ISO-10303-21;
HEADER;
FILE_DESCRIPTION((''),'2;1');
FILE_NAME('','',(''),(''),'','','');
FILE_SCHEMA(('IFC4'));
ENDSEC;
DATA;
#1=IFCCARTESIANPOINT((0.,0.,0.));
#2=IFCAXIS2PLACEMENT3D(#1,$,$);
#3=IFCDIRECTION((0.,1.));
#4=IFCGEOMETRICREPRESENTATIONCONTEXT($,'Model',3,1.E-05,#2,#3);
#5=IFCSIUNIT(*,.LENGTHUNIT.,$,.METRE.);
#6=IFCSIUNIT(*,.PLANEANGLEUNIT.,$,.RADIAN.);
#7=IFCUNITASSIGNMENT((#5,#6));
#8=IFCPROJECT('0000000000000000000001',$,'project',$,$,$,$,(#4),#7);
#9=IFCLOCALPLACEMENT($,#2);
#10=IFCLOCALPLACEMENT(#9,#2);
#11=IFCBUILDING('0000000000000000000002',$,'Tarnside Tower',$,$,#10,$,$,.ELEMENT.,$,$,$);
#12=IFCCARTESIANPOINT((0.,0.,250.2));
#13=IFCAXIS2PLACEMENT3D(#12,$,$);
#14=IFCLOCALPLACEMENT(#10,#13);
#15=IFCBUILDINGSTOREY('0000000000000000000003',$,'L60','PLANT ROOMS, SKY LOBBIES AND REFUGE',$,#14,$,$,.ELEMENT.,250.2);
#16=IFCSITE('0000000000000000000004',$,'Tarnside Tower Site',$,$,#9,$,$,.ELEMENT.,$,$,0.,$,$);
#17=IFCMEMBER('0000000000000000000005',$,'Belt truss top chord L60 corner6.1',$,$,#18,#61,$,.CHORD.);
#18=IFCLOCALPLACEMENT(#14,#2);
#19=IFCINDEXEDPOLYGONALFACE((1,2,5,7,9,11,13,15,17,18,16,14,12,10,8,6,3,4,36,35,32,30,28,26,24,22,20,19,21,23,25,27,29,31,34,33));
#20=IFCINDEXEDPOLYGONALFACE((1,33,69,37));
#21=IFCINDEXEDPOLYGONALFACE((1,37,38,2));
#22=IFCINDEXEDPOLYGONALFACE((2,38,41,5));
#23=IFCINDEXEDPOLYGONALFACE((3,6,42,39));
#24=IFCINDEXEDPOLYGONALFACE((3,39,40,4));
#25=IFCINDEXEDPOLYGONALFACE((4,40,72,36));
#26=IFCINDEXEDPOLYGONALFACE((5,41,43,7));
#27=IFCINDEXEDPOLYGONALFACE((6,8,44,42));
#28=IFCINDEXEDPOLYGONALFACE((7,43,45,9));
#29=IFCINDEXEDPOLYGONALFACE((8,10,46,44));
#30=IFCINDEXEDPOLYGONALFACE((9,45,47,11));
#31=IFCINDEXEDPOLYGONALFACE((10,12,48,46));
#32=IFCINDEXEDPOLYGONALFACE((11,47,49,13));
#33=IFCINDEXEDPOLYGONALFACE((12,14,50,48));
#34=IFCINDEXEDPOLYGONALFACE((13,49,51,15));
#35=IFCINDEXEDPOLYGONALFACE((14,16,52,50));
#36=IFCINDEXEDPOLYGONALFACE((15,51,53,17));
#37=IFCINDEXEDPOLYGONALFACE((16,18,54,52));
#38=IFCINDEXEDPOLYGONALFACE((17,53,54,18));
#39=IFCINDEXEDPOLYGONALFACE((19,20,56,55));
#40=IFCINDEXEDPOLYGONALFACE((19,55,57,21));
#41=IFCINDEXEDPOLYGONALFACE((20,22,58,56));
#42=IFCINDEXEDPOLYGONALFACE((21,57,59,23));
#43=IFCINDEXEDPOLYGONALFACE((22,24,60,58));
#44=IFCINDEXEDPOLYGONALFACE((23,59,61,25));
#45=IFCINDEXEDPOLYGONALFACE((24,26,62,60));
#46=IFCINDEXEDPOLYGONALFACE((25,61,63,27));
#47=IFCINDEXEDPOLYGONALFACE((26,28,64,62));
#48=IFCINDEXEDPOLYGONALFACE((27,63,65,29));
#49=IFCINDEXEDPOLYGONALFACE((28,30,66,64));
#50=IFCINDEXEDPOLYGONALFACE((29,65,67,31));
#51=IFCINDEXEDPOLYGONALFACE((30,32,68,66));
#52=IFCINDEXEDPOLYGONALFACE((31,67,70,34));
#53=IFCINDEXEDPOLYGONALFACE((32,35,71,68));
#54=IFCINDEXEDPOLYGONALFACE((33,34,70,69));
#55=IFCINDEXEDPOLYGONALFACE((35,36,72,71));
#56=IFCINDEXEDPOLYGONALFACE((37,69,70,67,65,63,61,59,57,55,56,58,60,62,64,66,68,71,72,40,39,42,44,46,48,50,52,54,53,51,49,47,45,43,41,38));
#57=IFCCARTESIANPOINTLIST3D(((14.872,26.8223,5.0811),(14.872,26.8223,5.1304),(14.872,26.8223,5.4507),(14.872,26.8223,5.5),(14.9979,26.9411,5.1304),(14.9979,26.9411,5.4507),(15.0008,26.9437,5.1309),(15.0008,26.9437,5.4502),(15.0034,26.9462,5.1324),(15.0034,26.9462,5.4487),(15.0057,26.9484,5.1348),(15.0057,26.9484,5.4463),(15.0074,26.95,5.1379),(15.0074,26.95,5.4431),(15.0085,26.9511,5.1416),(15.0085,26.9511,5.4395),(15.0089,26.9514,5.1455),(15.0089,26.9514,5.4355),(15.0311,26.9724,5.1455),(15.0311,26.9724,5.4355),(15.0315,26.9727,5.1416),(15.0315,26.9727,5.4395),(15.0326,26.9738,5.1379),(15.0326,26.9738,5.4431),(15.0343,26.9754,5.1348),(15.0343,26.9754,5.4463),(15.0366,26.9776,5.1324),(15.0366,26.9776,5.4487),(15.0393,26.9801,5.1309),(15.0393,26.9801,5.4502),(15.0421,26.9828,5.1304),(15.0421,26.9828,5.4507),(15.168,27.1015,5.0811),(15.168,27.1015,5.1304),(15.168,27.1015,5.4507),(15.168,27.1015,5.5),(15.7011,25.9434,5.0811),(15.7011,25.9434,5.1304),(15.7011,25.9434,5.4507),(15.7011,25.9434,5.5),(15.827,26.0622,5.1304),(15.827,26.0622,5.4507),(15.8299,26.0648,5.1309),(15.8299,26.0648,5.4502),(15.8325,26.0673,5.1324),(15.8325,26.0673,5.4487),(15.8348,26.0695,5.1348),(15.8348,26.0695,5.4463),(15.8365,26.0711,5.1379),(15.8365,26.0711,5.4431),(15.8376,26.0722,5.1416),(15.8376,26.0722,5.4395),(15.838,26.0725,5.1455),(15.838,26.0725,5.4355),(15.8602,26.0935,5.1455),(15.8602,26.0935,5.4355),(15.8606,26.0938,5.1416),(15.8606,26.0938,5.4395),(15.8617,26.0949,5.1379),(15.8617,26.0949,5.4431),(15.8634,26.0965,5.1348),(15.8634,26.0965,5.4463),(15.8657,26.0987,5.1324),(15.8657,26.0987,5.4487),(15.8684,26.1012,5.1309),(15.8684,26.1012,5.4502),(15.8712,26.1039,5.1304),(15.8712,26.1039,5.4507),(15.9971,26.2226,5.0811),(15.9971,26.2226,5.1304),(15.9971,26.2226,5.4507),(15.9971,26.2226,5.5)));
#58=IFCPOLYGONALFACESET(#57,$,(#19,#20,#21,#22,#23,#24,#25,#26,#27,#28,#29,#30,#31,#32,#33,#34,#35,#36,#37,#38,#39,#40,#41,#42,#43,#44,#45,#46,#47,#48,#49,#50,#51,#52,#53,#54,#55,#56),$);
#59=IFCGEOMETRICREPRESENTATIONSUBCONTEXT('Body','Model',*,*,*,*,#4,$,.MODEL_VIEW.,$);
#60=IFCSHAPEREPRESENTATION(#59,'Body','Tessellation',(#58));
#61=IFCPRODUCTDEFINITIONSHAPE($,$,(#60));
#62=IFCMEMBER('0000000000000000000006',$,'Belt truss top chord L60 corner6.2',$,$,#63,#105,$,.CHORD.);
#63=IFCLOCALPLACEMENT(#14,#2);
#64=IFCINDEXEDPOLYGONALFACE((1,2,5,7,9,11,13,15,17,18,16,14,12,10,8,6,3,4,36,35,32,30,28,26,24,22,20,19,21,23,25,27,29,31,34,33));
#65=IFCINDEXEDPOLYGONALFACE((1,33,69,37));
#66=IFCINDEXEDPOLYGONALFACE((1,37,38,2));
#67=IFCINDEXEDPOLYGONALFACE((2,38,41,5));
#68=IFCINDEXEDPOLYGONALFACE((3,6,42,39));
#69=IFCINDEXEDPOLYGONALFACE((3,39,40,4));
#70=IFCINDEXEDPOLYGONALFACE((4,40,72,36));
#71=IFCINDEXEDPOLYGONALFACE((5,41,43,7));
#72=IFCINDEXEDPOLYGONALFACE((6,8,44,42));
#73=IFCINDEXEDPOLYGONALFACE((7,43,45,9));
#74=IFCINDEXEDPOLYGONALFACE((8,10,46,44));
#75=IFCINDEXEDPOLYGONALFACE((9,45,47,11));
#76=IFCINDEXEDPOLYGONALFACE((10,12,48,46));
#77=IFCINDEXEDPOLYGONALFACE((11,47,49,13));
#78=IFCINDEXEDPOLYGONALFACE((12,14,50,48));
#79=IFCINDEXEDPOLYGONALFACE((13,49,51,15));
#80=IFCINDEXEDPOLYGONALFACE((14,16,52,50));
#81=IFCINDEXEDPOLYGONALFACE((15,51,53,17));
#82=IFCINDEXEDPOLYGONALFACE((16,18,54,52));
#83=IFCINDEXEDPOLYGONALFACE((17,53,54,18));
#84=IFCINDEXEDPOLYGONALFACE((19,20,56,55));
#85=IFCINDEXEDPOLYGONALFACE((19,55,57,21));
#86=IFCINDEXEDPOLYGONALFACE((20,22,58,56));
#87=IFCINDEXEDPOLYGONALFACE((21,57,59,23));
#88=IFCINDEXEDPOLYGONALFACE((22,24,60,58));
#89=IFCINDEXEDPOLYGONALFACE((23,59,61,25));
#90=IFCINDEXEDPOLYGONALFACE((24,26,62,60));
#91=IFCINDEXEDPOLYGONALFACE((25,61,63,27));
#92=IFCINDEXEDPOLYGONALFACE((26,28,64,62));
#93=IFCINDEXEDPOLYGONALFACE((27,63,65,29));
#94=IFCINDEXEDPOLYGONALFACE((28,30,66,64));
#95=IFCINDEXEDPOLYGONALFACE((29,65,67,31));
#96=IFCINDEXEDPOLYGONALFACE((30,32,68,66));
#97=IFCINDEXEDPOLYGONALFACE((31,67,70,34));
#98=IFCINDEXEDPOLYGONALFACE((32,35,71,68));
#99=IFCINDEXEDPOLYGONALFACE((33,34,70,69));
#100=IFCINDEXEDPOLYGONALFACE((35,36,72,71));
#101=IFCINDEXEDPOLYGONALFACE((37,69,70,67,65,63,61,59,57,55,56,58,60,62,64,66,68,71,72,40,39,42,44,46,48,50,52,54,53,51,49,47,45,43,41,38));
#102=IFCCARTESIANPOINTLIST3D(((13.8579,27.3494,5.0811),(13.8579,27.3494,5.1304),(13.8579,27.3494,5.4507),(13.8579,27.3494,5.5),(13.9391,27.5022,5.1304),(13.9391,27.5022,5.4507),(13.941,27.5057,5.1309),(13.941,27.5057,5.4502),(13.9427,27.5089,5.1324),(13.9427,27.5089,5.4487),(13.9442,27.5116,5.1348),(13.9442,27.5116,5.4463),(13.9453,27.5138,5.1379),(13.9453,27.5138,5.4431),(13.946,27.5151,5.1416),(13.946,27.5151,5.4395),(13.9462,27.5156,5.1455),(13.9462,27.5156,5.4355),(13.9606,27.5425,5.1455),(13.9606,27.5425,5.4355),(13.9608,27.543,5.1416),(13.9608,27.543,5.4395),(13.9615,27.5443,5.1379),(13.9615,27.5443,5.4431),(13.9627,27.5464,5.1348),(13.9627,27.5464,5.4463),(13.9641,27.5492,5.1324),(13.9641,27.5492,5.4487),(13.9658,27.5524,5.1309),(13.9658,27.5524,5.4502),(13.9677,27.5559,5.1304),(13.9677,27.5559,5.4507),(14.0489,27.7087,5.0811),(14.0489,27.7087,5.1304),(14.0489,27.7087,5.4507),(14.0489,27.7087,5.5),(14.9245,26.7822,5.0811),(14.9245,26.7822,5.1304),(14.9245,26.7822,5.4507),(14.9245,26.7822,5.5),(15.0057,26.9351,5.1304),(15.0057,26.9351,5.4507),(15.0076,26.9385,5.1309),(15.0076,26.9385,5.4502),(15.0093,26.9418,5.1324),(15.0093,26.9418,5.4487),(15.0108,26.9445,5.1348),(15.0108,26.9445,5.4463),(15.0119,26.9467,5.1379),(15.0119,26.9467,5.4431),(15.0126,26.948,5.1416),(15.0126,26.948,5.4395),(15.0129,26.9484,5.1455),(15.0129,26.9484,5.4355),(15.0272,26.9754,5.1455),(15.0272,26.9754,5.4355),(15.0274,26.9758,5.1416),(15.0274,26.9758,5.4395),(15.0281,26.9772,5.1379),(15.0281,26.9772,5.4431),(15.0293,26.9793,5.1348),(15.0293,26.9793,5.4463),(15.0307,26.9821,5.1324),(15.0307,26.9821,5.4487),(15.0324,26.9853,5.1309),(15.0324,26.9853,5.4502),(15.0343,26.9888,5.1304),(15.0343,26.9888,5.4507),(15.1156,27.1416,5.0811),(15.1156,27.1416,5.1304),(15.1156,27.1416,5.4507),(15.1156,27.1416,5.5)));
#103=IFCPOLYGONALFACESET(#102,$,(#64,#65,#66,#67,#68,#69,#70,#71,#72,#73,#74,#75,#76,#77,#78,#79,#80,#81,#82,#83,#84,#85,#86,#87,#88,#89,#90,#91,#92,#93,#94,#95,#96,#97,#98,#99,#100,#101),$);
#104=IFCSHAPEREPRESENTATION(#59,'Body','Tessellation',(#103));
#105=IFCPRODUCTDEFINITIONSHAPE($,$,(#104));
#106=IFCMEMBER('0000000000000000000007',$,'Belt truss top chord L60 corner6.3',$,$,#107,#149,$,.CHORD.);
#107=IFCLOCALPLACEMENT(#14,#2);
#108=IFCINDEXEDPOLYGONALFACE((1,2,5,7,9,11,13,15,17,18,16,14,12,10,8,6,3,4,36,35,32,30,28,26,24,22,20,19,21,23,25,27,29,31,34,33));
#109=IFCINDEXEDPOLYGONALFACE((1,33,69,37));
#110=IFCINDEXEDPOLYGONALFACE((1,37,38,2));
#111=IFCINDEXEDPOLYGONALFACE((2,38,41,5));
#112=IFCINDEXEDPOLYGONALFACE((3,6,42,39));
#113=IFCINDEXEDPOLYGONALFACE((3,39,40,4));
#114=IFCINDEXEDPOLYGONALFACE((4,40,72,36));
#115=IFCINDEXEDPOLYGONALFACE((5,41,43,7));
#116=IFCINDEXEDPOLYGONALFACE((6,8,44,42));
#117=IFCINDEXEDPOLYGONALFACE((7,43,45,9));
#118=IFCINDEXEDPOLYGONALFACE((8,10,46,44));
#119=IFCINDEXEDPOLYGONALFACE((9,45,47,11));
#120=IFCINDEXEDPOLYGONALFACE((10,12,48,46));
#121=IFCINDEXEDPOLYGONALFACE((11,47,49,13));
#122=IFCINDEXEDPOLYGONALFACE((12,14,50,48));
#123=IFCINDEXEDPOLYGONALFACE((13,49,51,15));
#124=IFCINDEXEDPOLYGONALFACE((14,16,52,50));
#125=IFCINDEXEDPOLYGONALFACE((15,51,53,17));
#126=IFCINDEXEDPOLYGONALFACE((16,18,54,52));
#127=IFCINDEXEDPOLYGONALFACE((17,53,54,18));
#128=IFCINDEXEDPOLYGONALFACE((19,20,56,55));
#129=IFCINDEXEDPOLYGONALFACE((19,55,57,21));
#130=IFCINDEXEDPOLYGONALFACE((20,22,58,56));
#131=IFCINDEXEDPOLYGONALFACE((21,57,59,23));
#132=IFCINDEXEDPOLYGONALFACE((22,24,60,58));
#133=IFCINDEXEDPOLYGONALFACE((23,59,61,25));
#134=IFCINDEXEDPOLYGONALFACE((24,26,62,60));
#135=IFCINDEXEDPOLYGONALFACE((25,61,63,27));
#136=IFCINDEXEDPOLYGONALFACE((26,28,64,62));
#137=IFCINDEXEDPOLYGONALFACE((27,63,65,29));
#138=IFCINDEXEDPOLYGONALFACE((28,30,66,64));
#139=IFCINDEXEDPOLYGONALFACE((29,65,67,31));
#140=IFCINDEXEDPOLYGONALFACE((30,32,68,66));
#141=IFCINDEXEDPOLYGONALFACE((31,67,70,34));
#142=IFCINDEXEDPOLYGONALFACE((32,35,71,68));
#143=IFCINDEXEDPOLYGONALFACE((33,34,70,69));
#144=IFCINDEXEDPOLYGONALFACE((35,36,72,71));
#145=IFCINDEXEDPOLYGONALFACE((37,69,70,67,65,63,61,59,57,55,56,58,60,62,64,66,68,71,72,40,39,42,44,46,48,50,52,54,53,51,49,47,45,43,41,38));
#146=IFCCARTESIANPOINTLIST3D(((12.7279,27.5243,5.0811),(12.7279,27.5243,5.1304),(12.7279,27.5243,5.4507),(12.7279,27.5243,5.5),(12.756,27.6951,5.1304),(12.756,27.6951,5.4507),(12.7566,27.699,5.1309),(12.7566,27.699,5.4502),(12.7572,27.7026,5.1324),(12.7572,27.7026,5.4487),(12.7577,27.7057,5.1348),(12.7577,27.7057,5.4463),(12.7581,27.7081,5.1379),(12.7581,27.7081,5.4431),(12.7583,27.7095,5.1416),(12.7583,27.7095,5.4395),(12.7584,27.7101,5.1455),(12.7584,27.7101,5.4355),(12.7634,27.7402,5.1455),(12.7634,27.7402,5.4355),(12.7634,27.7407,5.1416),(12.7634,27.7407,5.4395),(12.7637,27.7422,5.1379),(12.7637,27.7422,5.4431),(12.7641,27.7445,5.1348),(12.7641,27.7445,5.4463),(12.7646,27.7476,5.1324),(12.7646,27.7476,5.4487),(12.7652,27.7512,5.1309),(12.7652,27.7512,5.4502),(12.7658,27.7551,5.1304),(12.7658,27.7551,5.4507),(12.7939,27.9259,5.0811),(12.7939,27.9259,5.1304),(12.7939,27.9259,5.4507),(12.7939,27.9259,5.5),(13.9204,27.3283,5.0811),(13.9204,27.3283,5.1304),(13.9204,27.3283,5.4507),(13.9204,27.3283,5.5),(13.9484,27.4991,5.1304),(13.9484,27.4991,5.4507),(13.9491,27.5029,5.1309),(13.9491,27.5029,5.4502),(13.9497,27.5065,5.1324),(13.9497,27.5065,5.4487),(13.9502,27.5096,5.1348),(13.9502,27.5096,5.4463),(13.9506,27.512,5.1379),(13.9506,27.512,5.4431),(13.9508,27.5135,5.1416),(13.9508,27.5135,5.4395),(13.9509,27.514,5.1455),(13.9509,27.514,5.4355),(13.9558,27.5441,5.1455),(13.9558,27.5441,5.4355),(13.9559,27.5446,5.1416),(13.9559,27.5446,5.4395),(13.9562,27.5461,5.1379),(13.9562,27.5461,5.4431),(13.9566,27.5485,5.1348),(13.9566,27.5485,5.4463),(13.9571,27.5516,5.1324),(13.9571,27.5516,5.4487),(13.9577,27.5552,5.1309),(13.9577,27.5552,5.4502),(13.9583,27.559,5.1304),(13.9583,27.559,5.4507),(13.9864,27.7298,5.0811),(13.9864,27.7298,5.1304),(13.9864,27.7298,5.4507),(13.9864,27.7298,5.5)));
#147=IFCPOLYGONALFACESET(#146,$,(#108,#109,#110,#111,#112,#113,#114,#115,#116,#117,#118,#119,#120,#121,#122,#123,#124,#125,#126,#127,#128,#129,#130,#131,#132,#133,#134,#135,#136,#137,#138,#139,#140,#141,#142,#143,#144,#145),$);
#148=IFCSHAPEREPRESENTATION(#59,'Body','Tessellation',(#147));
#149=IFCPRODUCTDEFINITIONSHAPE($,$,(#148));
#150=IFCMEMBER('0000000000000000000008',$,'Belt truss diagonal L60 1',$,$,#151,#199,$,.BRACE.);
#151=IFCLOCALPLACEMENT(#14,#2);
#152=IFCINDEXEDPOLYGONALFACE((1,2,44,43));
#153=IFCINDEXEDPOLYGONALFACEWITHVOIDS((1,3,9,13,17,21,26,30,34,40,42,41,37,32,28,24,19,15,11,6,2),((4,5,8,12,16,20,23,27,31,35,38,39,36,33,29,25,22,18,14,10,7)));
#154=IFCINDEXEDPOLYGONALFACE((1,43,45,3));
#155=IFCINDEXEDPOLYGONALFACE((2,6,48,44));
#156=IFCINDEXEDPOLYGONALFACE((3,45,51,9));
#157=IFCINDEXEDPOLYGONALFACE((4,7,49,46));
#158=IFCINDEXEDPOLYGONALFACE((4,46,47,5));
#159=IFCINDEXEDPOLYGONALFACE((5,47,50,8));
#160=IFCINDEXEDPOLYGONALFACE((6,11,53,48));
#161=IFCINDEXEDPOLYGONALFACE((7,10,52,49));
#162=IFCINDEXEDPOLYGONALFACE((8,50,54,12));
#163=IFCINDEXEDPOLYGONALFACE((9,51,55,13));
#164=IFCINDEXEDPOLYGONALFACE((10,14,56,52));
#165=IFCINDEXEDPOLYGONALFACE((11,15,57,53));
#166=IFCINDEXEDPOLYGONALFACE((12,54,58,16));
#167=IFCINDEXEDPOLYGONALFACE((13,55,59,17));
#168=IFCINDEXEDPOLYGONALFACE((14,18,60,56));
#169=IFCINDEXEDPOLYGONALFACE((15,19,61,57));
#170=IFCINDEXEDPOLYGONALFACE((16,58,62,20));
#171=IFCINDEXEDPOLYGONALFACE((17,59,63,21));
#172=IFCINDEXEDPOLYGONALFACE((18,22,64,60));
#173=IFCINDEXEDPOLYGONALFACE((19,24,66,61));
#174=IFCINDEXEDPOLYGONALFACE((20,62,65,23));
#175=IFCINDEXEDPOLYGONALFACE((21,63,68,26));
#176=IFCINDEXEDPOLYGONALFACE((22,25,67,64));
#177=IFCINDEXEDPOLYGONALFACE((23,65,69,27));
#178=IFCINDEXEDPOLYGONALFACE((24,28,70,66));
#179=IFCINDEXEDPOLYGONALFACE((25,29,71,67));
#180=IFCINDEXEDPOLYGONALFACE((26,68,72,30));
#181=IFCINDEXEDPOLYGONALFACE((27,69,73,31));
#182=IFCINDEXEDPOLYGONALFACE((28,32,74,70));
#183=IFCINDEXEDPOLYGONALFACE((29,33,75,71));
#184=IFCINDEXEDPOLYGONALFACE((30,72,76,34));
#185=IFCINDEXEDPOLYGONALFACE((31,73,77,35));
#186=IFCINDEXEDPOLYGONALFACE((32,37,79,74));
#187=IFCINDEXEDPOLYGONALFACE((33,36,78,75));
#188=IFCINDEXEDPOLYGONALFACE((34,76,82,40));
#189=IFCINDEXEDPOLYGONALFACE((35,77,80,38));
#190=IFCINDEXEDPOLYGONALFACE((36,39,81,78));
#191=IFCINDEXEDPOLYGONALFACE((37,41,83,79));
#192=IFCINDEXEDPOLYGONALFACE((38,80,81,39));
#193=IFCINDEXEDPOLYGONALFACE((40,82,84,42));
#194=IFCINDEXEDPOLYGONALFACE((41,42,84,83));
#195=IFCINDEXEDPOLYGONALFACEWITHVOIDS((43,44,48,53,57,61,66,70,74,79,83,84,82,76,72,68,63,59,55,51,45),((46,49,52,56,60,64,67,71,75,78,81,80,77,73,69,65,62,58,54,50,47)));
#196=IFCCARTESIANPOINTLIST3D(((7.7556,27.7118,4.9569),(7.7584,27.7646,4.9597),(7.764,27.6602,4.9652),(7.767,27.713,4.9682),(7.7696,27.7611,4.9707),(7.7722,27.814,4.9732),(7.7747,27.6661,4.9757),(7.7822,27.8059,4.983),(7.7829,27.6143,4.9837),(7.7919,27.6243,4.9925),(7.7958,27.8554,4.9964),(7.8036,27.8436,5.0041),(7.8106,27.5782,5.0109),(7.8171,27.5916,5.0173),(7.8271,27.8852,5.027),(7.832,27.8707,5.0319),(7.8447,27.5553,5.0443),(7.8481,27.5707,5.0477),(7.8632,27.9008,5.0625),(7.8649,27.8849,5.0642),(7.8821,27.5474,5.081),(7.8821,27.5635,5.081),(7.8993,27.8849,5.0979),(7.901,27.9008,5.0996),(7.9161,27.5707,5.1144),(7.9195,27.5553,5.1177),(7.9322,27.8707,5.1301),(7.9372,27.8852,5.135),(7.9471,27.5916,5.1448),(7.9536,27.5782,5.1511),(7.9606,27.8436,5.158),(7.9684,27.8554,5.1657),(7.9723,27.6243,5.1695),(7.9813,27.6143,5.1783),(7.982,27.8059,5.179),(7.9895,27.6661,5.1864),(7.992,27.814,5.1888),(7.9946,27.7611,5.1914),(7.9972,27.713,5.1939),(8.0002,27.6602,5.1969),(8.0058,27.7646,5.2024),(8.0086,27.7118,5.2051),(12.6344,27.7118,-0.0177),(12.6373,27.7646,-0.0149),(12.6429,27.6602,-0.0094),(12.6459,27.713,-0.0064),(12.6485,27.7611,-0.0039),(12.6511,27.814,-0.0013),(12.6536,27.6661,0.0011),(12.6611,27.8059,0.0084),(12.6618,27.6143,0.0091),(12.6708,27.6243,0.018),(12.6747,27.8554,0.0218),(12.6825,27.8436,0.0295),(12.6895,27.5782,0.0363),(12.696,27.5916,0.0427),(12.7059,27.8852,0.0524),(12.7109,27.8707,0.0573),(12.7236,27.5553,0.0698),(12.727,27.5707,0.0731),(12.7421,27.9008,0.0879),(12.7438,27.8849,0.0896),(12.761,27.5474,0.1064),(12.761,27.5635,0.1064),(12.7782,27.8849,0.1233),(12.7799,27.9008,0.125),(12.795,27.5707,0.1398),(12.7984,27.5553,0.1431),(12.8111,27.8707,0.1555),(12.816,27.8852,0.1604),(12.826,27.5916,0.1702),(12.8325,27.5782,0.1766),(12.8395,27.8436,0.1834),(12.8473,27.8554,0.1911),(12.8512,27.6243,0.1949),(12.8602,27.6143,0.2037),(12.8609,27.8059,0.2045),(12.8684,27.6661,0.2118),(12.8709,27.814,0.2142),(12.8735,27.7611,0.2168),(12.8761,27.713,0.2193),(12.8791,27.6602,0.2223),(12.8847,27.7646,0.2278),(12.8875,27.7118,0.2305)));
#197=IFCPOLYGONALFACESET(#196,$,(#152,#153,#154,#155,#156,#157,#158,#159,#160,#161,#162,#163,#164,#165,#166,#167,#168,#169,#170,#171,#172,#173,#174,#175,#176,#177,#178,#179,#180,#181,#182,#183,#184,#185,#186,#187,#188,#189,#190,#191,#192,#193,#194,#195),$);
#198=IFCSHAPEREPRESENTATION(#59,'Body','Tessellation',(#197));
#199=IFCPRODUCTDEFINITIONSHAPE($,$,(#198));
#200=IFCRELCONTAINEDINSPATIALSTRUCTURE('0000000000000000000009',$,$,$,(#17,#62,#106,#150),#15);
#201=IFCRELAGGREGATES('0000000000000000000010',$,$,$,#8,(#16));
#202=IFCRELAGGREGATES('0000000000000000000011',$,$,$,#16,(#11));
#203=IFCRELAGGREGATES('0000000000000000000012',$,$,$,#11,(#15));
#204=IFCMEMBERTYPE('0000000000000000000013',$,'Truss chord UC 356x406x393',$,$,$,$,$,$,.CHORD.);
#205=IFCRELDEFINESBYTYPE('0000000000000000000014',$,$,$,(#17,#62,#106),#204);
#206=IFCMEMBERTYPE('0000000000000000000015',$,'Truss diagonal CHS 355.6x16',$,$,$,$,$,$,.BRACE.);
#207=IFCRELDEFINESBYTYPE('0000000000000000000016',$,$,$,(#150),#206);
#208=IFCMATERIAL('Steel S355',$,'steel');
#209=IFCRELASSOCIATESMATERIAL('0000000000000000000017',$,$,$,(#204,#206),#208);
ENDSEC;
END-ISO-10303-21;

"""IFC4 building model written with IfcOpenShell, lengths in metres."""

from ifc_helpers import new_model, si_unit, direction, frame, origin, origin_2d, place, context, subcontext, project, spatial, hollow_circle, i_section, extrude, material, material_profile, profile_set, type_object, element, save


model = new_model("IFC4")

# Units and contexts
model_context = context("Model", 3, precision=1e-05, world=origin(), true_north=direction((0.0, 1.0)))
body_context = subcontext(model_context, "Body", "Model", "MODEL_VIEW")
ifc_project = project(units=[si_unit("LENGTHUNIT", "METRE"), si_unit("PLANEANGLEUNIT", "RADIAN")], contexts=[model_context])

# Site, building, storey
site_placement = place(None, origin())
site = spatial("IfcSite", under=ifc_project, at=site_placement, Name="Tarnside Tower Site", CompositionType="ELEMENT", RefElevation=0.0)
building_placement = place(site_placement, origin())
building = spatial("IfcBuilding", under=site, at=building_placement, Name="Tarnside Tower", CompositionType="ELEMENT")
storey_placement = place(building_placement, frame((0.0, 0.0, 250.2)))
storey = spatial("IfcBuildingStorey", under=building, at=storey_placement, Name="L60", Description="PLANT ROOMS, SKY LOBBIES AND REFUGE", CompositionType="ELEMENT", Elevation=250.2)

# Shared definitions
ifc_material_1 = material(Name="Steel S355", Category="steel")

# Members
ifc_material_profile_1 = material_profile(ifc_material_1, i_section(OverallWidth=0.407, OverallDepth=0.4189, WebThickness=0.0305, FlangeThickness=0.0493, FilletRadius=0.0151, at=origin_2d()), Name="UC 356x406x393")
ifc_profile_set_1 = profile_set([ifc_material_profile_1], Name="Steel S355")
member_type_1 = type_object("IfcMemberType", Name="Truss chord UC 356x406x393", PredefinedType="CHORD", material=ifc_profile_set_1)
member_1_placement = place(storey_placement, frame((15.8491, 26.083, 5.2905), z_axis=(-0.686196, 0.727416, 0.0), x_axis=(-0.727416, -0.686196, 0.0)))
element("IfcMember", 1, at=member_1_placement, inside=storey, type_object=member_type_1, Name="Belt truss top chord L60 corner6.1", PredefinedType="CHORD", context=body_context, shape_type="SweptSolid", body=[
    extrude(i_section(OverallWidth=0.407, OverallDepth=0.4189, WebThickness=0.0305, FlangeThickness=0.0493, FilletRadius=0.0151, at=origin_2d()), origin(), (0.0, 0.0, 1.0), 1.2083),
])
member_2_placement = place(storey_placement, frame((15.02, 26.9619, 5.2905), z_axis=(-0.882951, 0.469465, 0.0), x_axis=(-0.469465, -0.882951, 0.0)))
element("IfcMember", 2, at=member_2_placement, inside=storey, type_object=member_type_1, Name="Belt truss top chord L60 corner6.2", PredefinedType="CHORD", context=body_context, shape_type="SweptSolid", body=[
    extrude(i_section(OverallWidth=0.407, OverallDepth=0.4189, WebThickness=0.0305, FlangeThickness=0.0493, FilletRadius=0.0151, at=origin_2d()), origin(), (0.0, 0.0, 1.0), 1.208),
])
member_3_placement = place(storey_placement, frame((13.9534, 27.5291, 5.2905), z_axis=(-0.986752, 0.162236, 0.0), x_axis=(-0.162236, -0.986752, 0.0)))
element("IfcMember", 3, at=member_3_placement, inside=storey, type_object=member_type_1, Name="Belt truss top chord L60 corner6.3", PredefinedType="CHORD", context=body_context, shape_type="SweptSolid", body=[
    extrude(i_section(OverallWidth=0.407, OverallDepth=0.4189, WebThickness=0.0305, FlangeThickness=0.0493, FilletRadius=0.0151, at=origin_2d()), origin(), (0.0, 0.0, 1.0), 1.2085),
])
ifc_material_profile_2 = material_profile(ifc_material_1, hollow_circle(Radius=0.1777, WallThickness=0.0161, at=origin_2d()), Name="CHS 355.6x16")
ifc_profile_set_2 = profile_set([ifc_material_profile_2], Name="Steel S355")
member_type_2 = type_object("IfcMemberType", Name="Truss diagonal CHS 355.6x16", PredefinedType="BRACE", material=ifc_profile_set_2)
member_4_placement = place(storey_placement, frame((12.761, 27.7251, 0.1064), z_axis=(-0.700206, 0.0, 0.713941), x_axis=(0.0, -1.0, 0.0)))
element("IfcMember", 4, at=member_4_placement, inside=storey, type_object=member_type_2, Name="Belt truss diagonal L60 1", PredefinedType="BRACE", context=body_context, shape_type="SweptSolid", body=[
    extrude(hollow_circle(Radius=0.1777, WallThickness=0.0161, at=origin_2d()), origin(), (0.0, 0.0, 1.0), 6.9678),
])

save(model, "model.ifc")
